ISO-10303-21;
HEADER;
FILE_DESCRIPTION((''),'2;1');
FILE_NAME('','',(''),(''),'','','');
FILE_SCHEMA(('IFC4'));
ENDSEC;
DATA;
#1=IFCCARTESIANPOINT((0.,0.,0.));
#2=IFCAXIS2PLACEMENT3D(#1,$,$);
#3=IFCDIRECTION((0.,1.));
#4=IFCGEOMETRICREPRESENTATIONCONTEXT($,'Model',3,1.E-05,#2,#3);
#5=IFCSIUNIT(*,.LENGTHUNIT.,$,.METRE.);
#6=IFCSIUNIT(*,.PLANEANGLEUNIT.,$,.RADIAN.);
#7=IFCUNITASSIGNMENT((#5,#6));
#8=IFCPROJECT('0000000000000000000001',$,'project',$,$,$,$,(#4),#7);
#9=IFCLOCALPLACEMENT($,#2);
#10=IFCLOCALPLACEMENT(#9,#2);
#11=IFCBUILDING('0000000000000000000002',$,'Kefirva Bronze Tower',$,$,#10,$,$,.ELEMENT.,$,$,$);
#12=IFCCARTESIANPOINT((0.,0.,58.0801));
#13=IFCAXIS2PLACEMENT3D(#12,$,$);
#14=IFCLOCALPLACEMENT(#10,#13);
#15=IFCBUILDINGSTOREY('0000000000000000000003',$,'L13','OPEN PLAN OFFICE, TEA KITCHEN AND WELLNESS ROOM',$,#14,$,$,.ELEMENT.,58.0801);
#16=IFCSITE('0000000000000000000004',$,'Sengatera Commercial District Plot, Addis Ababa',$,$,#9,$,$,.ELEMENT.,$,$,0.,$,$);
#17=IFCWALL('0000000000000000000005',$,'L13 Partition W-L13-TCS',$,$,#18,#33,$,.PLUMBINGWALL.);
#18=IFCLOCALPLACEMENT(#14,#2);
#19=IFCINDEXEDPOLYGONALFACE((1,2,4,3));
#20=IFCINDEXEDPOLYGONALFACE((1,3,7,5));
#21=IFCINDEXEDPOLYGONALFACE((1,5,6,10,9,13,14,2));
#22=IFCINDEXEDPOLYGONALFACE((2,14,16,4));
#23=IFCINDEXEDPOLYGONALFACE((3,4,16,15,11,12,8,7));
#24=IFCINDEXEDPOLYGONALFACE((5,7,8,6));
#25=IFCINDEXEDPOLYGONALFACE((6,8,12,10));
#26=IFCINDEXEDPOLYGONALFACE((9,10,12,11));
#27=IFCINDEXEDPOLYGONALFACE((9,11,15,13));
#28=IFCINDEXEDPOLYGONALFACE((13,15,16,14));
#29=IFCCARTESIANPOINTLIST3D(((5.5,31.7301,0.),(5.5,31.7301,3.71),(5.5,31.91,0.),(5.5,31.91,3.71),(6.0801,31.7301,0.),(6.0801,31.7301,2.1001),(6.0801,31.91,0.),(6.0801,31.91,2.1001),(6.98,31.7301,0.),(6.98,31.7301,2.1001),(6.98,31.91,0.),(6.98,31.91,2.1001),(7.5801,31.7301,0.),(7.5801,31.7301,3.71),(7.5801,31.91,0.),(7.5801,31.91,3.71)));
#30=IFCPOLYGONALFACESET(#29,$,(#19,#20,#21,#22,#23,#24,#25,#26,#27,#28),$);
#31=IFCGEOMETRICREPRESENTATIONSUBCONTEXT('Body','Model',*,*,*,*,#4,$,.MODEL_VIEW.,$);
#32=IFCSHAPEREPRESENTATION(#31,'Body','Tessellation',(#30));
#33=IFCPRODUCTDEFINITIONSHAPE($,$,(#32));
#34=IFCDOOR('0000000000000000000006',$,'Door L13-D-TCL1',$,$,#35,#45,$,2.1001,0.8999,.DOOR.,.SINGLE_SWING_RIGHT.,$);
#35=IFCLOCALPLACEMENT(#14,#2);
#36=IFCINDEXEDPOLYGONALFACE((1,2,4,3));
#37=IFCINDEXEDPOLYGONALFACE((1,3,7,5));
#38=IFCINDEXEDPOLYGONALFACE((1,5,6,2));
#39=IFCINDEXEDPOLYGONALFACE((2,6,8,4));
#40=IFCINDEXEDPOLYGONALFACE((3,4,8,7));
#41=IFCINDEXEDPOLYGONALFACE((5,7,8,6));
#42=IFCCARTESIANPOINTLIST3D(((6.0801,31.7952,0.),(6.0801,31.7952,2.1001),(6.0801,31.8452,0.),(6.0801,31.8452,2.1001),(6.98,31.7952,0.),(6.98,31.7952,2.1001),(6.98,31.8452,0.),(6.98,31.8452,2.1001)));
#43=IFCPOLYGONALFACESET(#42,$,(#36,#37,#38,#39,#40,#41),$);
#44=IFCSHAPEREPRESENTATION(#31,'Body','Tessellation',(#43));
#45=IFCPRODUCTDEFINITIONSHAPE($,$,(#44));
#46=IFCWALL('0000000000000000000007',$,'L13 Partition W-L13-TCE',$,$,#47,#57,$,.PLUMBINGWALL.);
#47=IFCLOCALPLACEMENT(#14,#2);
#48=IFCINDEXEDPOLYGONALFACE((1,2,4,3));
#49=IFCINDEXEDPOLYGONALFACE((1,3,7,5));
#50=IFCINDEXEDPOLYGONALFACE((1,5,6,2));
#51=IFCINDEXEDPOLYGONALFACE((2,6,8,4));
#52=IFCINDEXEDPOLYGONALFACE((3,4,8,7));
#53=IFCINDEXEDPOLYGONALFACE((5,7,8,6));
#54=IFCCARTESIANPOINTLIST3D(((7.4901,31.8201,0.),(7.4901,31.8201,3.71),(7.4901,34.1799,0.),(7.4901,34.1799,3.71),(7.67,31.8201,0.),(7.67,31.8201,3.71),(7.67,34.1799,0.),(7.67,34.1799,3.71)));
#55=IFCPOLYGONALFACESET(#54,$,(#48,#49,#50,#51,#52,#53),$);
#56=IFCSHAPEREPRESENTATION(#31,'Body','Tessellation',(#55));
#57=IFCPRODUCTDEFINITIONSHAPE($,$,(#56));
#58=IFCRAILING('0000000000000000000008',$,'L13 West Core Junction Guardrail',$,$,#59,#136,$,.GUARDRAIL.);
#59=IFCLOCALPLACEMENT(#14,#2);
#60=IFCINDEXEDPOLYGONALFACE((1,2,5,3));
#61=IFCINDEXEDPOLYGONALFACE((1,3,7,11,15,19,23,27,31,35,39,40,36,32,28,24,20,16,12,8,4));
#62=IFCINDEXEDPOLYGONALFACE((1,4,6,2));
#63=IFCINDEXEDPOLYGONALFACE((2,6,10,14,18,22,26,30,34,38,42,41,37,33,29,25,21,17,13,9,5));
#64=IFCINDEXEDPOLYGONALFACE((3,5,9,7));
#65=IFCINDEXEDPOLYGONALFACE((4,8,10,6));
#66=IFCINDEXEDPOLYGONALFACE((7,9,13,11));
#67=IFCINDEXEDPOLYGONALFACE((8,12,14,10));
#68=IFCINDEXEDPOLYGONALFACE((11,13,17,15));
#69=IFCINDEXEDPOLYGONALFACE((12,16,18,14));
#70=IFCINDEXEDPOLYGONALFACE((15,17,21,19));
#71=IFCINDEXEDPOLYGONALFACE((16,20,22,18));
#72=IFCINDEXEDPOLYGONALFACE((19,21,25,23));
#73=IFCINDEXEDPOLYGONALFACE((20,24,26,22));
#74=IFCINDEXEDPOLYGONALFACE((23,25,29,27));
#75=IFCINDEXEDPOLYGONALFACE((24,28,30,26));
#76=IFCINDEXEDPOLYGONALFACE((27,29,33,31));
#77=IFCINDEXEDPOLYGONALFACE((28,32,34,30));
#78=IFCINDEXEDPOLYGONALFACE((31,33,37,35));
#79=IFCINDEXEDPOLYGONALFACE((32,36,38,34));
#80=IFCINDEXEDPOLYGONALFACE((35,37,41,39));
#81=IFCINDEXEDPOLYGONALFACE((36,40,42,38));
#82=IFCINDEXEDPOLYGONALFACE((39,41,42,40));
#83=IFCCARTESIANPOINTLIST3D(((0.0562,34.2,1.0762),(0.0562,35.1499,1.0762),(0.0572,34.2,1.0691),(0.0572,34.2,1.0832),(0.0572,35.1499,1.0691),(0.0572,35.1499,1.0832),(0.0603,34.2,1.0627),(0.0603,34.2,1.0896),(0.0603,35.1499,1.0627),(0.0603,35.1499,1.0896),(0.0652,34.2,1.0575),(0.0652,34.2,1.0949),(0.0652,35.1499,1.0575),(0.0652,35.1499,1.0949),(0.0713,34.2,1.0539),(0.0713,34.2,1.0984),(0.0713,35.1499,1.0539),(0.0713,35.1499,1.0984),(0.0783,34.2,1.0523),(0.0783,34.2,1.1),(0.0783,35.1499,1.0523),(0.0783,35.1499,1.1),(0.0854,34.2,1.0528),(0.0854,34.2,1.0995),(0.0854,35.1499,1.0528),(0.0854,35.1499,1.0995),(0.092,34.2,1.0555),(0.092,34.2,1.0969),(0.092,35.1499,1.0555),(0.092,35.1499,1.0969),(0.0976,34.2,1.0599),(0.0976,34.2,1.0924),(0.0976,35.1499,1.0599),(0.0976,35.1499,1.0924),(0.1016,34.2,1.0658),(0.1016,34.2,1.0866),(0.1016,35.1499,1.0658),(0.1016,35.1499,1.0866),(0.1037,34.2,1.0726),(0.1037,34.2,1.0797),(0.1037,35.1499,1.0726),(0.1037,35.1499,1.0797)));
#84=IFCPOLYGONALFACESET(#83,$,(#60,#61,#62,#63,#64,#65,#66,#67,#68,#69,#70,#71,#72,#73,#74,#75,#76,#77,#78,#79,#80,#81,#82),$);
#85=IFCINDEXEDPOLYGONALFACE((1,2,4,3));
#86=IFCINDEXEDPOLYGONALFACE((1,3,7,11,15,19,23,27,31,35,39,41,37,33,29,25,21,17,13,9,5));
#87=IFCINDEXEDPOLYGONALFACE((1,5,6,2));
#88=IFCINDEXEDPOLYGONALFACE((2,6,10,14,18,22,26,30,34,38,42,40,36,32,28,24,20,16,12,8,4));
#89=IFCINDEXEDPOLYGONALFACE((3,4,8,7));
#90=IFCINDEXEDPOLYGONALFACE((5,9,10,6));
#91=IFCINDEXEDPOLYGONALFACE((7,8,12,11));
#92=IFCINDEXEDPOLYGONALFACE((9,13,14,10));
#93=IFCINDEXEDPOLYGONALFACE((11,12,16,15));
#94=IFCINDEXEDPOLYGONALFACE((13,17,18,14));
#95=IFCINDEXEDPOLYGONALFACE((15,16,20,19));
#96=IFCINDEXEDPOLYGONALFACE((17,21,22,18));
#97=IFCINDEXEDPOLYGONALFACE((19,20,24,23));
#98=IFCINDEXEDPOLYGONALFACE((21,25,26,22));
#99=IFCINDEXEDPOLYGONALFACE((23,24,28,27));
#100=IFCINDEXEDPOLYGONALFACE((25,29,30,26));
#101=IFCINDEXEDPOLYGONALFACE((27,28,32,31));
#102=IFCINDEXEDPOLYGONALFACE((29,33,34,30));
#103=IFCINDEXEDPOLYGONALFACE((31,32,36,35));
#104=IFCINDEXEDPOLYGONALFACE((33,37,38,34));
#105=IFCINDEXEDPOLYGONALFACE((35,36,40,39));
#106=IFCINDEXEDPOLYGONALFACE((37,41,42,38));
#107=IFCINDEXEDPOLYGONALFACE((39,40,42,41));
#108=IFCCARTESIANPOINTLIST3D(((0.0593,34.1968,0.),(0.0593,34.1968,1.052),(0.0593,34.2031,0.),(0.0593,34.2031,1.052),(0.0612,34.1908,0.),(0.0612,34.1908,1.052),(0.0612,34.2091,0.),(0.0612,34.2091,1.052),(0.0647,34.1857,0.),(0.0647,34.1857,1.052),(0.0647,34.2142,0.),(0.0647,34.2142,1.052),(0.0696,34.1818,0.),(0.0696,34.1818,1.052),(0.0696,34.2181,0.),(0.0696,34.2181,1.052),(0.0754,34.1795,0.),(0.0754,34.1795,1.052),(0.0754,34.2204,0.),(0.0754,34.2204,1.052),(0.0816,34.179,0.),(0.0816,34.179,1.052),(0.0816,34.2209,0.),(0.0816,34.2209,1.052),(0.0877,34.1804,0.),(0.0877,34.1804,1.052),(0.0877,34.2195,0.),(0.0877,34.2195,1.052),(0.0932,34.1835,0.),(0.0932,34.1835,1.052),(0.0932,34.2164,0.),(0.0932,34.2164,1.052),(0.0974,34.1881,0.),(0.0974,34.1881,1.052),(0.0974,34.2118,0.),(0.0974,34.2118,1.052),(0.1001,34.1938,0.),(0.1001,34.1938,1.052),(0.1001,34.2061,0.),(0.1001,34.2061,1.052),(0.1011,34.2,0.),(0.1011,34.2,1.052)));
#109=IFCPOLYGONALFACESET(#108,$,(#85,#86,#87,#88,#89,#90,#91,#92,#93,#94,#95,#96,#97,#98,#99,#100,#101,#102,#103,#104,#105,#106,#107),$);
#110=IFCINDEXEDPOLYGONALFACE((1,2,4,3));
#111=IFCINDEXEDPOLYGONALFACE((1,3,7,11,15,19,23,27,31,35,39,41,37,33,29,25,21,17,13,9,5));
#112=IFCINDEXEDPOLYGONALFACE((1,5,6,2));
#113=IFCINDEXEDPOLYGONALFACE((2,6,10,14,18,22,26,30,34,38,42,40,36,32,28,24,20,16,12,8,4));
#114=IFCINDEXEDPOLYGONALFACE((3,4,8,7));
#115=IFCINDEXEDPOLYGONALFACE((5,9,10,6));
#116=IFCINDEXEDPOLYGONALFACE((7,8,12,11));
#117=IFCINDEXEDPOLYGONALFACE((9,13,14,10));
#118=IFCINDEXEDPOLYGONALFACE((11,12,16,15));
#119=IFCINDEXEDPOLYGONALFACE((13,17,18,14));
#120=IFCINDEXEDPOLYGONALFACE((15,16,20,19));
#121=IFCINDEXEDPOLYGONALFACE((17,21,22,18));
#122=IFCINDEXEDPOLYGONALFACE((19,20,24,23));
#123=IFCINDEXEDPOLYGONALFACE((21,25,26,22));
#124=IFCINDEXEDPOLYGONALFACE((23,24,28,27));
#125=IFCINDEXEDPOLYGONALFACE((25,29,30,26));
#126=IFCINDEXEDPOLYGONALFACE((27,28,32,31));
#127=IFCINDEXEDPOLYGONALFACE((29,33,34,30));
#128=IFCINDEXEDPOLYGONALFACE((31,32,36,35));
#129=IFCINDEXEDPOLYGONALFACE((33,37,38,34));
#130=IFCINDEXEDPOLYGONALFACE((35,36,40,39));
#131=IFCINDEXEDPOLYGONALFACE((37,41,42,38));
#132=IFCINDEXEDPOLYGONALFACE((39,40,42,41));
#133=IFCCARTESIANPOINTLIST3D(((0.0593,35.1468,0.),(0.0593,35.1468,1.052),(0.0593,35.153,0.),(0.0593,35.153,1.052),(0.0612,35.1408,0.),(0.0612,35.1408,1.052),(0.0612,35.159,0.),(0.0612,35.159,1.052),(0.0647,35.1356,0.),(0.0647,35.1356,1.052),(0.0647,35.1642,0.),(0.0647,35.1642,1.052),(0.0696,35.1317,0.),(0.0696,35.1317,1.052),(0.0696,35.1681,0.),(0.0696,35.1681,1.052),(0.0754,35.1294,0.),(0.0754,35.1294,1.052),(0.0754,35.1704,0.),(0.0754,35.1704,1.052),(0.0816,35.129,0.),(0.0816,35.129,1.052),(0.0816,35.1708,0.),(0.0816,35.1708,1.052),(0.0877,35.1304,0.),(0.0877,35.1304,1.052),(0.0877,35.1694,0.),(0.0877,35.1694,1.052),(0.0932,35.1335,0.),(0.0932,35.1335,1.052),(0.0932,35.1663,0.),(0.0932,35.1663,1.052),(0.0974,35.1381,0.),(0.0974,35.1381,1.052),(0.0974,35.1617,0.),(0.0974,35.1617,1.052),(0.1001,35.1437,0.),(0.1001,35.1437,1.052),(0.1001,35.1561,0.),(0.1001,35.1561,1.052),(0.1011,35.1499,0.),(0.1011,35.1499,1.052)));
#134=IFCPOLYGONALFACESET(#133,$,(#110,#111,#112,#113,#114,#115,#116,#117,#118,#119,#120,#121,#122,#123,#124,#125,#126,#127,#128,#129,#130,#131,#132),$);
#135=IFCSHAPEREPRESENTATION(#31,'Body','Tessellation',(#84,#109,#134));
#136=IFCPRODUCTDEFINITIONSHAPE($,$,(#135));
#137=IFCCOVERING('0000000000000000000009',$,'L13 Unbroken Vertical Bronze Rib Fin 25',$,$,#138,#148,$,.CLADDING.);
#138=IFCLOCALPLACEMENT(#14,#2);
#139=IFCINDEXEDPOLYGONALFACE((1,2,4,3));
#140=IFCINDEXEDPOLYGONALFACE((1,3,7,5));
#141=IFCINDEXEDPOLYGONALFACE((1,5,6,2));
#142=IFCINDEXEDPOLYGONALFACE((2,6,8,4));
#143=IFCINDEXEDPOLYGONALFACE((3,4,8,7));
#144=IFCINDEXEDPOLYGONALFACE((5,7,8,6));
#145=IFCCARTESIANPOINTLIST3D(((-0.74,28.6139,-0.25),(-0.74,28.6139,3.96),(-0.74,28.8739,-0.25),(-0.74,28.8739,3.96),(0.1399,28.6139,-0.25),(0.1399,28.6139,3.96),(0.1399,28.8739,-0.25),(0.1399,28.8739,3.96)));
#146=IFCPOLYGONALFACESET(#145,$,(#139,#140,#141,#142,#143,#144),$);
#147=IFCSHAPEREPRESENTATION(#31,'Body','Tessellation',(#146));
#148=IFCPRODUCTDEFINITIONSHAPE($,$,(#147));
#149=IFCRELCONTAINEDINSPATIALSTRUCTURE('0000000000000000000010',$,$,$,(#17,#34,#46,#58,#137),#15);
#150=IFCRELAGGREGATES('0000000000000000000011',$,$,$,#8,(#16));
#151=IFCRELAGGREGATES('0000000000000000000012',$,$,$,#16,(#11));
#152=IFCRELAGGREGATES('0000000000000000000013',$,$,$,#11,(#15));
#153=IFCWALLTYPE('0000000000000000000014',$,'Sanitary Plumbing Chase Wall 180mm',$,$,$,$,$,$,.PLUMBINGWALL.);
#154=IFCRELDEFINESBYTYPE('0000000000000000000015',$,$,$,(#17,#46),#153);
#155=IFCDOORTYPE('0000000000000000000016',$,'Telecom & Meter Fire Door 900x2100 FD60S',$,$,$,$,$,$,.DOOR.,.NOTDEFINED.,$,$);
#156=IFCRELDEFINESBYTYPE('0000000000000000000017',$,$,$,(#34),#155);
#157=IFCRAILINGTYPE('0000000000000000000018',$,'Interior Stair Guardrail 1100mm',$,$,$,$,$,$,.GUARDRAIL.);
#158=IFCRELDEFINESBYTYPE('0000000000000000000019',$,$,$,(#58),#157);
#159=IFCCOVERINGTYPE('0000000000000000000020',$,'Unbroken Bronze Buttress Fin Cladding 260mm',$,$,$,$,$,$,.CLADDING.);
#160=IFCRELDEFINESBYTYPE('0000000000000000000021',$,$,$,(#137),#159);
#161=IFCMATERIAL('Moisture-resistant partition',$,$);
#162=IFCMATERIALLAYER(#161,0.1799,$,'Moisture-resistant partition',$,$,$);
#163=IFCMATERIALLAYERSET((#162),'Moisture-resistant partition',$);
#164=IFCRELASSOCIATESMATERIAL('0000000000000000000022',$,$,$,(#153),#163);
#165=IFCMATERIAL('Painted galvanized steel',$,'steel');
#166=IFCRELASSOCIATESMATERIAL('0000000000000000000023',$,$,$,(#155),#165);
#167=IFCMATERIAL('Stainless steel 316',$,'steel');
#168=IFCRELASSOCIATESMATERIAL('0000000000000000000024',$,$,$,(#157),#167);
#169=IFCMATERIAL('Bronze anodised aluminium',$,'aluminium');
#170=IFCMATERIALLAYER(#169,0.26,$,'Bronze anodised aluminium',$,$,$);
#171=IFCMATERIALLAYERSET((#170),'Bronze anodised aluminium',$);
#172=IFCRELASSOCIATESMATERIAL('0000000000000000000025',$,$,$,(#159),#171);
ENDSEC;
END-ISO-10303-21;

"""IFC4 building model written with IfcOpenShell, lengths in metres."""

from ifc_helpers import new_model, si_unit, direction, frame, frame_2d, origin, origin_2d, place, context, subcontext, project, spatial, rectangle, circle, extrude, material, layer, layer_set, type_object, element, fill, save


model = new_model("IFC4")

# Units and contexts
model_context = context("Model", 3, precision=1e-05, world=origin(), true_north=direction((0.0, 1.0)))
body_context = subcontext(model_context, "Body", "Model", "MODEL_VIEW")
ifc_project = project(units=[si_unit("LENGTHUNIT", "METRE"), si_unit("PLANEANGLEUNIT", "RADIAN")], contexts=[model_context])

# Site, building, storey
site_placement = place(None, origin())
site = spatial("IfcSite", under=ifc_project, at=site_placement, Name="Sengatera Commercial District Plot, Addis Ababa", CompositionType="ELEMENT", RefElevation=0.0)
building_placement = place(site_placement, origin())
building = spatial("IfcBuilding", under=site, at=building_placement, Name="Kefirva Bronze Tower", CompositionType="ELEMENT")
storey_placement = place(building_placement, frame((0.0, 0.0, 58.0801)))
storey = spatial("IfcBuildingStorey", under=building, at=storey_placement, Name="L13", Description="OPEN PLAN OFFICE, TEA KITCHEN AND WELLNESS ROOM", CompositionType="ELEMENT", Elevation=58.0801)

# Shared definitions
ifc_material_1 = material(Name="Bronze anodised aluminium", Category="aluminium")

# Wall, opening, door
ifc_material_2 = material(Name="Painted galvanized steel", Category="steel")
ifc_material_3 = material(Name="Moisture-resistant partition")
ifc_layer_1 = layer(ifc_material_3, 0.1799, Name="Moisture-resistant partition")
ifc_layer_set_1 = layer_set([ifc_layer_1], Name="Moisture-resistant partition")
wall_type_1 = type_object("IfcWallType", Name="Sanitary Plumbing Chase Wall 180mm", PredefinedType="PLUMBINGWALL", material=ifc_layer_set_1)
wall_1_placement = place(storey_placement, frame((5.5, 31.8201, 0.0), z_axis=(0.0, 0.0, 1.0), x_axis=(1.0, 0.0, 0.0)))
wall_1 = element("IfcWall", 1, at=wall_1_placement, inside=storey, type_object=wall_type_1, Name="L13 Partition W-L13-TCS", PredefinedType="PLUMBINGWALL", context=body_context, shape_type="SweptSolid", body=[
    extrude(rectangle(XDim=2.0801, YDim=0.1799, at=frame_2d((1.04, 0.0))), origin(), (0.0, 0.0, 1.0), 3.71),
])
opening_1_placement = place(wall_1_placement, frame((1.48, 0.0, 0.0), z_axis=(0.0, 0.0, 1.0), x_axis=(-1.0, 0.0, 0.0)))
opening_1 = element("IfcOpeningElement", 2, at=opening_1_placement, cuts=wall_1, PredefinedType="OPENING", context=body_context, shape_type="SweptSolid", body=[
    extrude(rectangle(XDim=0.8999, YDim=2.1001, at=frame_2d((0.45, 1.05))), frame((0.0, 0.1001, 0.0), z_axis=(0.0, -1.0, 0.0), x_axis=(1.0, 0.0, 0.0)), (0.0, 0.0, 1.0), 0.2),
])
door_type_1 = type_object("IfcDoorType", Name="Telecom & Meter Fire Door 900x2100 FD60S", OperationType="NOTDEFINED", PredefinedType="DOOR", material=ifc_material_2)
door_1_placement = place(opening_1_placement, origin())
door_1 = element("IfcDoor", 3, at=door_1_placement, inside=storey, type_object=door_type_1, Name="Door L13-D-TCL1", OperationType="SINGLE_SWING_RIGHT", OverallHeight=2.1001, OverallWidth=0.8999, PredefinedType="DOOR", context=body_context, shape_type="SweptSolid", body=[
    extrude(rectangle(XDim=0.8999, YDim=2.1001, at=frame_2d((0.45, 1.05))), frame((0.0, 0.0249, 0.0), z_axis=(0.0, -1.0, 0.0), x_axis=(1.0, 0.0, 0.0)), (0.0, 0.0, 1.0), 0.05),
])
fill(opening_1, door_1)

# Wall
wall_2_placement = place(storey_placement, frame((7.5801, 31.8201, 0.0), z_axis=(0.0, 0.0, 1.0), x_axis=(0.0, 1.0, 0.0)))
element("IfcWall", 4, at=wall_2_placement, inside=storey, type_object=wall_type_1, Name="L13 Partition W-L13-TCE", PredefinedType="PLUMBINGWALL", context=body_context, shape_type="SweptSolid", body=[
    extrude(rectangle(XDim=2.3599, YDim=0.1799, at=frame_2d((1.1799, 0.0))), origin(), (0.0, 0.0, 1.0), 3.71),
])

# Railing
ifc_material_4 = material(Name="Stainless steel 316", Category="steel")
railing_type = type_object("IfcRailingType", Name="Interior Stair Guardrail 1100mm", PredefinedType="GUARDRAIL", material=ifc_material_4)
railing_placement = place(storey_placement, frame((0.0801, 34.2, 0.0)))
element("IfcRailing", 5, at=railing_placement, inside=storey, type_object=railing_type, Name="L13 West Core Junction Guardrail", PredefinedType="GUARDRAIL", context=body_context, shape_type="SweptSolid", body=[
    extrude(circle(Radius=0.0239, at=origin_2d()), frame((0.0, 0.0, 1.0762), z_axis=(0.0, 1.0, 0.0), x_axis=(-1.0, 0.0, 0.0)), (0.0, 0.0, 1.0), 0.95),
    extrude(circle(Radius=0.021, at=origin_2d()), origin(), (0.0, 0.0, 1.0), 1.052),
    extrude(circle(Radius=0.021, at=origin_2d()), frame((0.0, 0.95, 0.0)), (0.0, 0.0, 1.0), 1.052),
])

# Covering
ifc_layer_2 = layer(ifc_material_1, 0.26, Name="Bronze anodised aluminium")
ifc_layer_set_2 = layer_set([ifc_layer_2], Name="Bronze anodised aluminium")
covering_type = type_object("IfcCoveringType", Name="Unbroken Bronze Buttress Fin Cladding 260mm", PredefinedType="CLADDING", material=ifc_layer_set_2)
covering_placement = place(storey_placement, frame((-0.3, 28.7439, -0.25), z_axis=(0.0, 0.0, 1.0), x_axis=(0.0, -1.0, 0.0)))
element("IfcCovering", 6, at=covering_placement, inside=storey, type_object=covering_type, Name="L13 Unbroken Vertical Bronze Rib Fin 25", PredefinedType="CLADDING", context=body_context, shape_type="SweptSolid", body=[
    extrude(rectangle(XDim=0.26, YDim=0.8799, at=origin_2d()), origin(), (0.0, 0.0, 1.0), 4.21),
])

save(model, "model.ifc")
